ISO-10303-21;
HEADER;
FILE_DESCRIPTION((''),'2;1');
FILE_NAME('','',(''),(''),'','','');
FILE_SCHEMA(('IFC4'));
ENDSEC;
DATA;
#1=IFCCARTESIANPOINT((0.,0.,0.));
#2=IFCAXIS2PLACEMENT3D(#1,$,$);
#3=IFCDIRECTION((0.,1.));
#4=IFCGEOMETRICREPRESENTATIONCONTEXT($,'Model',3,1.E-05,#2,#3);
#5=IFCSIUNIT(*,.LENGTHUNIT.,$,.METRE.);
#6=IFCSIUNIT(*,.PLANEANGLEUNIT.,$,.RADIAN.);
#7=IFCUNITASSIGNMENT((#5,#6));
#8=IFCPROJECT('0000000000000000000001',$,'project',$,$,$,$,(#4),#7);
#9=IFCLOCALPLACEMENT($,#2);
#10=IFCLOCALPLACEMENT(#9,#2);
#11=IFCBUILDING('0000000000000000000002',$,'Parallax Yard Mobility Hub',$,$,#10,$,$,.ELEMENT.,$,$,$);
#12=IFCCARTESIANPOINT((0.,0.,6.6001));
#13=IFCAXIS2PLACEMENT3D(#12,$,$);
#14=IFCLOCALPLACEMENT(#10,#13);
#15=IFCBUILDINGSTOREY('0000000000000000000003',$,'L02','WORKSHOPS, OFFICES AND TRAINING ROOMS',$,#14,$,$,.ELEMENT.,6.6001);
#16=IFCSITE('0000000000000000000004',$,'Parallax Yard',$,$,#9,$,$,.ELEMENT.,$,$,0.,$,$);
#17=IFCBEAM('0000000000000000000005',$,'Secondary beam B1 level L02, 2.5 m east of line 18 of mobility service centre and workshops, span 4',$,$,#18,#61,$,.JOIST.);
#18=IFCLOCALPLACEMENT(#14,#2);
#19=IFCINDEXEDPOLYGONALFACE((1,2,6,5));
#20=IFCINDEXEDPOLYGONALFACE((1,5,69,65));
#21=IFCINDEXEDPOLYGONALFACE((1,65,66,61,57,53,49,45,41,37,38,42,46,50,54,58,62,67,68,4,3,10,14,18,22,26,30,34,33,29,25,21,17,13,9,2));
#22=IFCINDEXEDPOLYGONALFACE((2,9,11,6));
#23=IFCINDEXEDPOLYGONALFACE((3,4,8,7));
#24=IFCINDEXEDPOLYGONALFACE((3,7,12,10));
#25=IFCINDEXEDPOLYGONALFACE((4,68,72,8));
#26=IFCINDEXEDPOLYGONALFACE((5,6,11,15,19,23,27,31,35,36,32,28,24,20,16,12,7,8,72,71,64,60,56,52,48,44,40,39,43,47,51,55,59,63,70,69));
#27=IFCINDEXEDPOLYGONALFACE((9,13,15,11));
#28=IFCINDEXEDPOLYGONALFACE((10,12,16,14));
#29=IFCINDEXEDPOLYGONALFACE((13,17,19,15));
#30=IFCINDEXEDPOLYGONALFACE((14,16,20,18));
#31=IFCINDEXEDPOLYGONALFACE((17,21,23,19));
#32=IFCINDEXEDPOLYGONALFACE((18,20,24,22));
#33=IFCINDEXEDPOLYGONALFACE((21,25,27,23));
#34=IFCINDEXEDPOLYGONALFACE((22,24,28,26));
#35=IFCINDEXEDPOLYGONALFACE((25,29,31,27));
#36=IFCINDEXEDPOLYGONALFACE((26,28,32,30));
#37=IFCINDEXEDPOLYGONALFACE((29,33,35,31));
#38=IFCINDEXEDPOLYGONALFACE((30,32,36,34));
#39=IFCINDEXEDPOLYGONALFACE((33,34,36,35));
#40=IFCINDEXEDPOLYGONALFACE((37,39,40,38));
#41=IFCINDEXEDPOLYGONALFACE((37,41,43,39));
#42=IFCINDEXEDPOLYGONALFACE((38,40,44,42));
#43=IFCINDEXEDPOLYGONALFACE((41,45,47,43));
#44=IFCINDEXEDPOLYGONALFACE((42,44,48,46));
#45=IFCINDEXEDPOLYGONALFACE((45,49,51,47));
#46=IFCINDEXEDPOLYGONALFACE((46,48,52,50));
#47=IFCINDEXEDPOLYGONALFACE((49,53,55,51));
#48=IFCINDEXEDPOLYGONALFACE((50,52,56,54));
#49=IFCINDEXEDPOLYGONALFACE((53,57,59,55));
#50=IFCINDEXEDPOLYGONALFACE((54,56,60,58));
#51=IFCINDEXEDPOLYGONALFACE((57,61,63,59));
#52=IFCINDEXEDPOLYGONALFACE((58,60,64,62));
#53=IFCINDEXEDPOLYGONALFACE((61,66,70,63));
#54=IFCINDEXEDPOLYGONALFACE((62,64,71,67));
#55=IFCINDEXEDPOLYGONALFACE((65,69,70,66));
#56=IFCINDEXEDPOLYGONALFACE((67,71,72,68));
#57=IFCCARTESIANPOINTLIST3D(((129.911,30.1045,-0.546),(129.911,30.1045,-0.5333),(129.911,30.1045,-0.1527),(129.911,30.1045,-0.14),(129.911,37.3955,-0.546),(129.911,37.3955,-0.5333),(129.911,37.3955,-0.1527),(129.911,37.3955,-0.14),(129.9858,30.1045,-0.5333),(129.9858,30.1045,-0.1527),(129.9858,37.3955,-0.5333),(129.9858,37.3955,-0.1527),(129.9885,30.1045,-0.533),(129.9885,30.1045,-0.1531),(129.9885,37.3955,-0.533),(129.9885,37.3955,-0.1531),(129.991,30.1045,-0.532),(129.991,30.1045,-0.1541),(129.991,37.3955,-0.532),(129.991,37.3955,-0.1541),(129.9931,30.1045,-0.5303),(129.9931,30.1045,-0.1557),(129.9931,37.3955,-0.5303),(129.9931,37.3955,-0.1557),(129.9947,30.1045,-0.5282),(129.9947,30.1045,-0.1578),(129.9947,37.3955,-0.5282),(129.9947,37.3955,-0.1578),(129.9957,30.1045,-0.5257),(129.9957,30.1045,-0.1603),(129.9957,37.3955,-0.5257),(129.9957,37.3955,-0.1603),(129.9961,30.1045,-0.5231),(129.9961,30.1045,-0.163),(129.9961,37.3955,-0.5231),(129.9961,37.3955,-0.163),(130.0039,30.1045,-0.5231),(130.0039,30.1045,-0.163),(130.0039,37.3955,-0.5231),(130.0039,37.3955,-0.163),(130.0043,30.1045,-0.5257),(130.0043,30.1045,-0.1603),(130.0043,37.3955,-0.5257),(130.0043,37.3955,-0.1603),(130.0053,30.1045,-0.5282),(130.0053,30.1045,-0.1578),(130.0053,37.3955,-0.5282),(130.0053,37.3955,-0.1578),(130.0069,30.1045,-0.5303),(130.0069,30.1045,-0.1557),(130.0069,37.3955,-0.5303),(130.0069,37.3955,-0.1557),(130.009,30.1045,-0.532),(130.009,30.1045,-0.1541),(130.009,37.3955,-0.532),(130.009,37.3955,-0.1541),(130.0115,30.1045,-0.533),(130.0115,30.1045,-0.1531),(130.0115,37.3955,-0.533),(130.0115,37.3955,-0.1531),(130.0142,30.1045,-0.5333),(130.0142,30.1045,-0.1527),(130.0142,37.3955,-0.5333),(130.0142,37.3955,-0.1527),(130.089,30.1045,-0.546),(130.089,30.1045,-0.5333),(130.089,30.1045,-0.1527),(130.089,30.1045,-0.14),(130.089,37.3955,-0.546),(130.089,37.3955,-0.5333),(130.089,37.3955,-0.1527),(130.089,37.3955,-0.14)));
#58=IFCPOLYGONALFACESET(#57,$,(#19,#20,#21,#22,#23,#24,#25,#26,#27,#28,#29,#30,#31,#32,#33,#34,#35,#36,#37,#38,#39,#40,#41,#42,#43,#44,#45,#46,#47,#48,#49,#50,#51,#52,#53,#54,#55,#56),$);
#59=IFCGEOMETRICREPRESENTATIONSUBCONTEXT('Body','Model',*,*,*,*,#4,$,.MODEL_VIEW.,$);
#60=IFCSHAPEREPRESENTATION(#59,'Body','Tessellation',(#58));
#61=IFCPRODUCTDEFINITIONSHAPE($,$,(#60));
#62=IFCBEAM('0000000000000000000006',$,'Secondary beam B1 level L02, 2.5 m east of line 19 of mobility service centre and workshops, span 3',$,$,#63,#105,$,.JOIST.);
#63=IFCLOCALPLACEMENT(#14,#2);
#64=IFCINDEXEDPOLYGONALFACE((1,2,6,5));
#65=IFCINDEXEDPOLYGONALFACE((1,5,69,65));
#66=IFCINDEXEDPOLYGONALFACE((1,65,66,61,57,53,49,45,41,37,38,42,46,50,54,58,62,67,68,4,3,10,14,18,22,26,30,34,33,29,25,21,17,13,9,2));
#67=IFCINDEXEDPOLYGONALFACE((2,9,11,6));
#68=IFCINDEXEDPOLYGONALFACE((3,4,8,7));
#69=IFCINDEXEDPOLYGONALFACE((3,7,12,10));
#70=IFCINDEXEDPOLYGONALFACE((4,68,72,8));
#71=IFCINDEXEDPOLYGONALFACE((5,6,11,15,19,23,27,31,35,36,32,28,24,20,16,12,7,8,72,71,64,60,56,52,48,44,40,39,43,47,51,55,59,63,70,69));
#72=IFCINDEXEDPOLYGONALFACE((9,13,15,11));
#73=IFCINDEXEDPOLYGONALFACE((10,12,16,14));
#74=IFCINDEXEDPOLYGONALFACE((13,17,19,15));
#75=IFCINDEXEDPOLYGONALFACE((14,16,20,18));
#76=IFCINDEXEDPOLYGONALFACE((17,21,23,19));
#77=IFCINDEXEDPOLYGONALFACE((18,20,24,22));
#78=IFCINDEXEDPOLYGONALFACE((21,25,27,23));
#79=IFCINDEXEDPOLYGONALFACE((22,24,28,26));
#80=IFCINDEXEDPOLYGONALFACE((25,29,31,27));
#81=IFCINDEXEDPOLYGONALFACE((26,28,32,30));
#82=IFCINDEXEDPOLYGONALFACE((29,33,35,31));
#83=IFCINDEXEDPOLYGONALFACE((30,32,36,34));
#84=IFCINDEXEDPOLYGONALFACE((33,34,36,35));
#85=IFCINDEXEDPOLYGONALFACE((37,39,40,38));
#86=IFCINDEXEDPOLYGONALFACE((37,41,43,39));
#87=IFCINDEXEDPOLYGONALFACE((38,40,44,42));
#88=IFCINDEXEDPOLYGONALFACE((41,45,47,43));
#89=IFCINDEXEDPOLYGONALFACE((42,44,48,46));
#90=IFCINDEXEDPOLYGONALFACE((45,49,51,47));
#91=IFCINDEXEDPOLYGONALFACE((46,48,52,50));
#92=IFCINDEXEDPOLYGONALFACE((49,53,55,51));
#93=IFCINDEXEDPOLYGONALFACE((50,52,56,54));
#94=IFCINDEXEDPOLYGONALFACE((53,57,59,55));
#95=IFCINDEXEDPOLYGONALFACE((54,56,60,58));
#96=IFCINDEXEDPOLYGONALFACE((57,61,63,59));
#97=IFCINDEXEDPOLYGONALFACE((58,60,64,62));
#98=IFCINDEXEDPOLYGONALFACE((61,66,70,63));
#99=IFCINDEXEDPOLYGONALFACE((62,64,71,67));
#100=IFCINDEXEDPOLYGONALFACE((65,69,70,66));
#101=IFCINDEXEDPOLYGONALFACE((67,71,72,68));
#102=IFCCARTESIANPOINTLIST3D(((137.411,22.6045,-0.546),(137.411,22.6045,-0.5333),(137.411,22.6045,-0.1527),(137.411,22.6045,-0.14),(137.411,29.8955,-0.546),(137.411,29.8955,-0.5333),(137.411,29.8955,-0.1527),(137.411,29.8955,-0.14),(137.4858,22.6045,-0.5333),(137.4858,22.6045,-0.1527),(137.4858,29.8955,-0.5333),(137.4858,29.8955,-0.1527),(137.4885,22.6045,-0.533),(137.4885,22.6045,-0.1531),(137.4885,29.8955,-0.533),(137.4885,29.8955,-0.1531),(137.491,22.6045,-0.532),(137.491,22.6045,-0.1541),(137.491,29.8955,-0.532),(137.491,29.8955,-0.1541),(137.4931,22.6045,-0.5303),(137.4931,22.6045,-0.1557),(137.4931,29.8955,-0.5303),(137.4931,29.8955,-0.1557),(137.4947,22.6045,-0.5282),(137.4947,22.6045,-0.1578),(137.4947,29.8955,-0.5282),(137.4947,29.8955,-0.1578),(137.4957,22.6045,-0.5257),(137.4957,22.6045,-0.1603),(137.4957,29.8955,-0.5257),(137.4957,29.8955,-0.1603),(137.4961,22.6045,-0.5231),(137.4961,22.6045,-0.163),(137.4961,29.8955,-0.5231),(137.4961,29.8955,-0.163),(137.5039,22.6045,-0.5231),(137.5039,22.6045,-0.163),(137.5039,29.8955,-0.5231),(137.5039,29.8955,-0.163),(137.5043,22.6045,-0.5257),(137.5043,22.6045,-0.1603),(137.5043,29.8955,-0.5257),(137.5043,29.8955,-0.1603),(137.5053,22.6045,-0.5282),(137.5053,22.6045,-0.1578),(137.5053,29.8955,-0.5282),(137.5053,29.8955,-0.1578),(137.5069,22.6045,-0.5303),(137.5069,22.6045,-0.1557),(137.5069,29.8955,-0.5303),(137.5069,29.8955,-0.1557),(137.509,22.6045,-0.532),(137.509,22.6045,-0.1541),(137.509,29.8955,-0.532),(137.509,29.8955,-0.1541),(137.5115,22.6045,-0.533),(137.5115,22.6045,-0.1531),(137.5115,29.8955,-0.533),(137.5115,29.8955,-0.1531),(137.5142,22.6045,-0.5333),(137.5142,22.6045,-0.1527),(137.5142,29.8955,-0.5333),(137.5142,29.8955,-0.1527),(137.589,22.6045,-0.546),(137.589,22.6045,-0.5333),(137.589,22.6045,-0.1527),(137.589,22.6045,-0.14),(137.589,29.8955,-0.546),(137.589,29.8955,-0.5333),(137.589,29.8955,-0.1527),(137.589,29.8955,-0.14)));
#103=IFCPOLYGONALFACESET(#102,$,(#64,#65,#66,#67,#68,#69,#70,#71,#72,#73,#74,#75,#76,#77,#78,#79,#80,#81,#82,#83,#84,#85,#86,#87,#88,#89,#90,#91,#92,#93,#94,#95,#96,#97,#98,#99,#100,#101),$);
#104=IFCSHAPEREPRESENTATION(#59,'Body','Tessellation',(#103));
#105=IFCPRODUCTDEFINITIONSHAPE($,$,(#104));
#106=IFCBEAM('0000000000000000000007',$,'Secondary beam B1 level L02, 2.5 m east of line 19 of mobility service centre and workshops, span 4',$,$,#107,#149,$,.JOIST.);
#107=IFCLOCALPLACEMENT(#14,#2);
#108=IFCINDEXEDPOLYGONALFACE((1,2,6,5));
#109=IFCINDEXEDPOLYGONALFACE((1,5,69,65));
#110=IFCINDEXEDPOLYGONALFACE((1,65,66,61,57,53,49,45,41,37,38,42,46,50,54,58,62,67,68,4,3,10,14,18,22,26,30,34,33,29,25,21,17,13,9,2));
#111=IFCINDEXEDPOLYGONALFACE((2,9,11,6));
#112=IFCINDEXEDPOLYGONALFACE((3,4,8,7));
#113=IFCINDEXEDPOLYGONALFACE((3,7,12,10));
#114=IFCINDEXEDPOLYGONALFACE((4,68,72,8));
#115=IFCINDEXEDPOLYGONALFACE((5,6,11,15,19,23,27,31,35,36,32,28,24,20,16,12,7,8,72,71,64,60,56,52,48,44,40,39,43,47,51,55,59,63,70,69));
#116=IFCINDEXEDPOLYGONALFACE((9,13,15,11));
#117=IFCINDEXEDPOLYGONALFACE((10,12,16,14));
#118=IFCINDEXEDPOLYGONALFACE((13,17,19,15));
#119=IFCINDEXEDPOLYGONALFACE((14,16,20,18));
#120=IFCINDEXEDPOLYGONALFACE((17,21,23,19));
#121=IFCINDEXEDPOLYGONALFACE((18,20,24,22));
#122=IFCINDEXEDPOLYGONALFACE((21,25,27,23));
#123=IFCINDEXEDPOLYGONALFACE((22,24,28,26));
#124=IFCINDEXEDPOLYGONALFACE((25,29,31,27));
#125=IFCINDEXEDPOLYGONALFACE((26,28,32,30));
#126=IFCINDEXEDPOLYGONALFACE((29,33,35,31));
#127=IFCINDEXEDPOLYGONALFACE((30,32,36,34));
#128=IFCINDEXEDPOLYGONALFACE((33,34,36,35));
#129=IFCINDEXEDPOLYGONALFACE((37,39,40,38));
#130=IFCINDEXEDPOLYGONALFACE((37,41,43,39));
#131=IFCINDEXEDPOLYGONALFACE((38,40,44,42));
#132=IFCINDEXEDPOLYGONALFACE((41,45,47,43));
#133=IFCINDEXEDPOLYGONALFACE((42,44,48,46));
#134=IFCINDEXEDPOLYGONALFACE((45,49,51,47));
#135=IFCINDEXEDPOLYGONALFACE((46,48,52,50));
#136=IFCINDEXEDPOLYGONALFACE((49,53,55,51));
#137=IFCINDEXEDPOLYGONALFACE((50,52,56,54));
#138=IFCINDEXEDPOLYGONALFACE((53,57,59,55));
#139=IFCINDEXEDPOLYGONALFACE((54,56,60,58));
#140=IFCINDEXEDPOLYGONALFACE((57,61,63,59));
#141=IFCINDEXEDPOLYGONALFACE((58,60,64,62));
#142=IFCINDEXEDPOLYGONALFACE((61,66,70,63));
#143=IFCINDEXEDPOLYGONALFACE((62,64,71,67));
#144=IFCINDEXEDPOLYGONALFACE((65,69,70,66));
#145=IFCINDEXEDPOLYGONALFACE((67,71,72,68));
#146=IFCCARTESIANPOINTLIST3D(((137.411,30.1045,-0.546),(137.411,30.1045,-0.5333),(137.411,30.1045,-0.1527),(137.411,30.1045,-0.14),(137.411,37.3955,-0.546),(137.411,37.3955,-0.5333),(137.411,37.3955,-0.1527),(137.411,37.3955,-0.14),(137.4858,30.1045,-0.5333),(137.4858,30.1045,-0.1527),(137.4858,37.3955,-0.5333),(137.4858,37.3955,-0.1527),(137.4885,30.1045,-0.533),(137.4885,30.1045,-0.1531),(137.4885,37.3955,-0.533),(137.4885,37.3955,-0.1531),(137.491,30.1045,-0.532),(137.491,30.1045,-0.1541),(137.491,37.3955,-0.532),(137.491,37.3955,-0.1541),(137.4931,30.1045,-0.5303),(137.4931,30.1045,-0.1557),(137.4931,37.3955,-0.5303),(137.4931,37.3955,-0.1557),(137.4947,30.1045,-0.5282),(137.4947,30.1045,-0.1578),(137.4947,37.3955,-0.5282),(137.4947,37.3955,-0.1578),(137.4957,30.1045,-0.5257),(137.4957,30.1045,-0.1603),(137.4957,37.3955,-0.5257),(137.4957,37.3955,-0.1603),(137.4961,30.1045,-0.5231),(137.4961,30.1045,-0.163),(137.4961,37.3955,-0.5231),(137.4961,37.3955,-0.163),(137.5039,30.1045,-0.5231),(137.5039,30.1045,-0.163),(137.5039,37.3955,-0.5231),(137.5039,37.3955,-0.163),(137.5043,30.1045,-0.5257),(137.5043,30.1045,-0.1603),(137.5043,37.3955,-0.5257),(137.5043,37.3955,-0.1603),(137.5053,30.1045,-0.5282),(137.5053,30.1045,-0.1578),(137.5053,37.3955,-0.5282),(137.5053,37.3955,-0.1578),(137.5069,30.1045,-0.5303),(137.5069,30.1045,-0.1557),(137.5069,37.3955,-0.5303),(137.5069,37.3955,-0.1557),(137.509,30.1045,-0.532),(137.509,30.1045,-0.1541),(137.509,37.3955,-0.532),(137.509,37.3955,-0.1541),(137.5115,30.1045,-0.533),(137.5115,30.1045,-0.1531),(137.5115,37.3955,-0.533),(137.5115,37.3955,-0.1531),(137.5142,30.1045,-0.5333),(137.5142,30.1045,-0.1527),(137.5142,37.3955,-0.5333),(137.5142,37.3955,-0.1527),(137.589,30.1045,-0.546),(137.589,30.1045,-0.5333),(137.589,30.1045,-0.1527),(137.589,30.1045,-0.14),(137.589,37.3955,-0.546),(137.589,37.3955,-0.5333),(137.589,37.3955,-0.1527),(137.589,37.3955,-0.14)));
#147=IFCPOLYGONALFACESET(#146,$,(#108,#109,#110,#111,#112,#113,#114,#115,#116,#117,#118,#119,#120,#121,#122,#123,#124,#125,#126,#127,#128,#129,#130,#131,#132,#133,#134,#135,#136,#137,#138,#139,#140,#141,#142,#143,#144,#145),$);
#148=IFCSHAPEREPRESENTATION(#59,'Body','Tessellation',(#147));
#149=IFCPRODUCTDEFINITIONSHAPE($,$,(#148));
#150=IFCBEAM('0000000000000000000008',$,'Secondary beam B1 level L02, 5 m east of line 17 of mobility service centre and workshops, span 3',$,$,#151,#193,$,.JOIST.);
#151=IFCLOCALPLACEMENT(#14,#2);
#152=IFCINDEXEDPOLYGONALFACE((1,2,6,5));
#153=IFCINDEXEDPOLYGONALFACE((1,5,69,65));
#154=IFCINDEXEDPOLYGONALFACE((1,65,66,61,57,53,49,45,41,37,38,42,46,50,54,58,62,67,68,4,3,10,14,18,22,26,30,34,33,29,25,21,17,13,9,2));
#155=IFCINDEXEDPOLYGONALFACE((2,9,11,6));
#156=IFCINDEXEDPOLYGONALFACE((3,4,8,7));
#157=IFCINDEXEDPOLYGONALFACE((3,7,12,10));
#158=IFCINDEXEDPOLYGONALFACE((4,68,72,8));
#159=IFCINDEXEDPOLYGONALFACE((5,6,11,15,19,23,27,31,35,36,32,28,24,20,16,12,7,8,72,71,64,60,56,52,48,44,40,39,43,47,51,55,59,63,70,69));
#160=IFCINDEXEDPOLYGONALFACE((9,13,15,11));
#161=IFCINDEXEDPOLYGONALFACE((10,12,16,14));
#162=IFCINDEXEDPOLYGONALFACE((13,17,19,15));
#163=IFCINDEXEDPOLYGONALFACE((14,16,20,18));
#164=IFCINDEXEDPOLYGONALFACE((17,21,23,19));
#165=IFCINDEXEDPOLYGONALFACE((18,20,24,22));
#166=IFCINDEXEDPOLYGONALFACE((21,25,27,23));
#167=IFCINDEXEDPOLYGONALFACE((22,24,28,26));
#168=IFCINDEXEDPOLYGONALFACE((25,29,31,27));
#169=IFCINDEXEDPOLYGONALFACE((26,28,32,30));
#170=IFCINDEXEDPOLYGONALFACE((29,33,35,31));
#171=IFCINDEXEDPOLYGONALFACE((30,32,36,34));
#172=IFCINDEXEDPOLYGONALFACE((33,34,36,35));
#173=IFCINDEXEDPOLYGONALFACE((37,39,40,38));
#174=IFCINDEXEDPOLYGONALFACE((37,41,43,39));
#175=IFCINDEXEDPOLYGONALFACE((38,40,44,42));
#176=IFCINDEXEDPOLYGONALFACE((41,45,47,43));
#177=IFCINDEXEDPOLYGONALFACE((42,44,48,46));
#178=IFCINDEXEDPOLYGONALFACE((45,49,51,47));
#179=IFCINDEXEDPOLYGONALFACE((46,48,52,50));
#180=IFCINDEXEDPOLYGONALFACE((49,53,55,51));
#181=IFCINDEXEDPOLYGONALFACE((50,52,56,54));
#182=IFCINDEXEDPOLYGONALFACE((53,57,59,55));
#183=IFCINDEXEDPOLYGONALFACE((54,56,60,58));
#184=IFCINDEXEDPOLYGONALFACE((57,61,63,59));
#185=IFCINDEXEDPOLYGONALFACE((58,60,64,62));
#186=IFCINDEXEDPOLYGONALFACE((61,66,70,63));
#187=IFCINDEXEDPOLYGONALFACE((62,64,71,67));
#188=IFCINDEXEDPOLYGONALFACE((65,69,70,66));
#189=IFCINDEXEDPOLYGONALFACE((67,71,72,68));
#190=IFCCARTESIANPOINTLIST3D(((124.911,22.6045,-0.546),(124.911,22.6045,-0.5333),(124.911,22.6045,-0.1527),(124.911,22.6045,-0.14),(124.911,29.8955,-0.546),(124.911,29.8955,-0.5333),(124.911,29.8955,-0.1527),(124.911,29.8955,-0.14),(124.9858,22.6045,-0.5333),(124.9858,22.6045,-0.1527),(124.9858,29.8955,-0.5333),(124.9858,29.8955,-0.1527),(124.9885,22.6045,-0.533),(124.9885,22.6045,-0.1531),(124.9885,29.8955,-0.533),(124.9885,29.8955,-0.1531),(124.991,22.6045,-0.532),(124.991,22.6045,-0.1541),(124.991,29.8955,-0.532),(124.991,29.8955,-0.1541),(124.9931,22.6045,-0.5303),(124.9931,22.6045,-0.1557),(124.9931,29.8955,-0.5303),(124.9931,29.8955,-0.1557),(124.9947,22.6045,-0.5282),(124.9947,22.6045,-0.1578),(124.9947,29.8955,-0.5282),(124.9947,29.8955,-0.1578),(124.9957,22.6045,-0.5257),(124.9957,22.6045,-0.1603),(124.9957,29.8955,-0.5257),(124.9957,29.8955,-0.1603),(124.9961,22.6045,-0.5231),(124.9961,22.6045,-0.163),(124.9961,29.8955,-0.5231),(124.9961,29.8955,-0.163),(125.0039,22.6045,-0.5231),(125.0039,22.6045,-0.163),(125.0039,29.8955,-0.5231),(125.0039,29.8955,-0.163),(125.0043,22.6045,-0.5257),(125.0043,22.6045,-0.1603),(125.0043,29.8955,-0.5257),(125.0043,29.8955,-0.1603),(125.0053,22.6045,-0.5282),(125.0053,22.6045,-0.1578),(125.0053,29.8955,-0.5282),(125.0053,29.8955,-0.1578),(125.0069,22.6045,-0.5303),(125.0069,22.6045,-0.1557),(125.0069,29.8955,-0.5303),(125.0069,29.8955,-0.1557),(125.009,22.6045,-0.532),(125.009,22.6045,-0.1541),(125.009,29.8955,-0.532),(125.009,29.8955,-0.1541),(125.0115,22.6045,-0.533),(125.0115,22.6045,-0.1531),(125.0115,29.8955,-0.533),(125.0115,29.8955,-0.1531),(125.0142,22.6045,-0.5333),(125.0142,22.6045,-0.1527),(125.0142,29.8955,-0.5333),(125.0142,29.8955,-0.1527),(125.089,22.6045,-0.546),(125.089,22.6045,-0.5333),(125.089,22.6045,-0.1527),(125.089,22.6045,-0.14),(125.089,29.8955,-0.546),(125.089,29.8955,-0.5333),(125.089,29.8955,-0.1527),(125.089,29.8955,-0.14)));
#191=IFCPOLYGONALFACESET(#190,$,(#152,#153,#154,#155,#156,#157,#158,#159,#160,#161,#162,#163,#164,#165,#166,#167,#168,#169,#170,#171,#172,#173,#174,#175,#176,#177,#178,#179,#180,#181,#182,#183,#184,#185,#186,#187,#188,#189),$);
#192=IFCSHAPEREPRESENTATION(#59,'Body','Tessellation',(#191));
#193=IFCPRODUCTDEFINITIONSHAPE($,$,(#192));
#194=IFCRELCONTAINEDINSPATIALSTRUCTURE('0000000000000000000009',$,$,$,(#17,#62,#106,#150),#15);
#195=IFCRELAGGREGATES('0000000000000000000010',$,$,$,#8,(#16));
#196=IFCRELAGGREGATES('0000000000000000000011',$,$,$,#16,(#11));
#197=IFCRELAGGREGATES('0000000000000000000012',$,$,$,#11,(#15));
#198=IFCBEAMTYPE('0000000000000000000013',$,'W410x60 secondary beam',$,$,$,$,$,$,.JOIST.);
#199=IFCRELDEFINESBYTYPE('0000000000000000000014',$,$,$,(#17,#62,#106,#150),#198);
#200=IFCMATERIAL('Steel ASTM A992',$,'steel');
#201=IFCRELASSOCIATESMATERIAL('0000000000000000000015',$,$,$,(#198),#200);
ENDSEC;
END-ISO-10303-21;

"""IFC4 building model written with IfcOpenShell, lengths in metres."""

from ifc_helpers import new_model, si_unit, direction, frame, origin, origin_2d, place, context, subcontext, project, spatial, i_section, extrude, material, material_profile, profile_set, type_object, element, save


model = new_model("IFC4")

# Units and contexts
model_context = context("Model", 3, precision=1e-05, world=origin(), true_north=direction((0.0, 1.0)))
body_context = subcontext(model_context, "Body", "Model", "MODEL_VIEW")
ifc_project = project(units=[si_unit("LENGTHUNIT", "METRE"), si_unit("PLANEANGLEUNIT", "RADIAN")], contexts=[model_context])

# Site, building, storey
site_placement = place(None, origin())
site = spatial("IfcSite", under=ifc_project, at=site_placement, Name="Parallax Yard", CompositionType="ELEMENT", RefElevation=0.0)
building_placement = place(site_placement, origin())
building = spatial("IfcBuilding", under=site, at=building_placement, Name="Parallax Yard Mobility Hub", CompositionType="ELEMENT")
storey_placement = place(building_placement, frame((0.0, 0.0, 6.6001)))
storey = spatial("IfcBuildingStorey", under=building, at=storey_placement, Name="L02", Description="WORKSHOPS, OFFICES AND TRAINING ROOMS", CompositionType="ELEMENT", Elevation=6.6001)

# Shared definitions
ifc_material_1 = material(Name="Steel ASTM A992", Category="steel")

# Beams
ifc_material_profile_1 = material_profile(ifc_material_1, i_section(OverallWidth=0.178, OverallDepth=0.406, WebThickness=0.0078, FlangeThickness=0.0127, FilletRadius=0.0103, at=origin_2d()), Name="W410x60")
ifc_profile_set_1 = profile_set([ifc_material_profile_1], Name="Steel ASTM A992")
beam_type_1 = type_object("IfcBeamType", Name="W410x60 secondary beam", PredefinedType="JOIST", material=ifc_profile_set_1)
for number, where, z_axis, x_axis, name in (
    (1, (130.0, 30.1045, -0.343), (0.0, 1.0, 0.0), (-1.0, 0.0, 0.0), "Secondary beam B1 level L02, 2.5 m east of line 18 of mobility service centre and workshops, span 4"),
    (2, (137.5, 22.6045, -0.343), (0.0, 1.0, 0.0), (-1.0, 0.0, 0.0), "Secondary beam B1 level L02, 2.5 m east of line 19 of mobility service centre and workshops, span 3"),
    (3, (137.5, 30.1045, -0.343), (0.0, 1.0, 0.0), (-1.0, 0.0, 0.0), "Secondary beam B1 level L02, 2.5 m east of line 19 of mobility service centre and workshops, span 4"),
    (4, (125.0, 22.6045, -0.343), (0.0, 1.0, 0.0), (-1.0, 0.0, 0.0), "Secondary beam B1 level L02, 5 m east of line 17 of mobility service centre and workshops, span 3"),
):
    element("IfcBeam", number, at=place(storey_placement, frame(where, z_axis=z_axis, x_axis=x_axis)), inside=storey, type_object=beam_type_1, Name=name, PredefinedType="JOIST", context=body_context, shape_type="SweptSolid", body=[
        extrude(i_section(OverallWidth=0.178, OverallDepth=0.406, WebThickness=0.0078, FlangeThickness=0.0127, FilletRadius=0.0103, at=origin_2d()), origin(), (0.0, 0.0, 1.0), 7.291),
    ])

save(model, "model.ifc")
